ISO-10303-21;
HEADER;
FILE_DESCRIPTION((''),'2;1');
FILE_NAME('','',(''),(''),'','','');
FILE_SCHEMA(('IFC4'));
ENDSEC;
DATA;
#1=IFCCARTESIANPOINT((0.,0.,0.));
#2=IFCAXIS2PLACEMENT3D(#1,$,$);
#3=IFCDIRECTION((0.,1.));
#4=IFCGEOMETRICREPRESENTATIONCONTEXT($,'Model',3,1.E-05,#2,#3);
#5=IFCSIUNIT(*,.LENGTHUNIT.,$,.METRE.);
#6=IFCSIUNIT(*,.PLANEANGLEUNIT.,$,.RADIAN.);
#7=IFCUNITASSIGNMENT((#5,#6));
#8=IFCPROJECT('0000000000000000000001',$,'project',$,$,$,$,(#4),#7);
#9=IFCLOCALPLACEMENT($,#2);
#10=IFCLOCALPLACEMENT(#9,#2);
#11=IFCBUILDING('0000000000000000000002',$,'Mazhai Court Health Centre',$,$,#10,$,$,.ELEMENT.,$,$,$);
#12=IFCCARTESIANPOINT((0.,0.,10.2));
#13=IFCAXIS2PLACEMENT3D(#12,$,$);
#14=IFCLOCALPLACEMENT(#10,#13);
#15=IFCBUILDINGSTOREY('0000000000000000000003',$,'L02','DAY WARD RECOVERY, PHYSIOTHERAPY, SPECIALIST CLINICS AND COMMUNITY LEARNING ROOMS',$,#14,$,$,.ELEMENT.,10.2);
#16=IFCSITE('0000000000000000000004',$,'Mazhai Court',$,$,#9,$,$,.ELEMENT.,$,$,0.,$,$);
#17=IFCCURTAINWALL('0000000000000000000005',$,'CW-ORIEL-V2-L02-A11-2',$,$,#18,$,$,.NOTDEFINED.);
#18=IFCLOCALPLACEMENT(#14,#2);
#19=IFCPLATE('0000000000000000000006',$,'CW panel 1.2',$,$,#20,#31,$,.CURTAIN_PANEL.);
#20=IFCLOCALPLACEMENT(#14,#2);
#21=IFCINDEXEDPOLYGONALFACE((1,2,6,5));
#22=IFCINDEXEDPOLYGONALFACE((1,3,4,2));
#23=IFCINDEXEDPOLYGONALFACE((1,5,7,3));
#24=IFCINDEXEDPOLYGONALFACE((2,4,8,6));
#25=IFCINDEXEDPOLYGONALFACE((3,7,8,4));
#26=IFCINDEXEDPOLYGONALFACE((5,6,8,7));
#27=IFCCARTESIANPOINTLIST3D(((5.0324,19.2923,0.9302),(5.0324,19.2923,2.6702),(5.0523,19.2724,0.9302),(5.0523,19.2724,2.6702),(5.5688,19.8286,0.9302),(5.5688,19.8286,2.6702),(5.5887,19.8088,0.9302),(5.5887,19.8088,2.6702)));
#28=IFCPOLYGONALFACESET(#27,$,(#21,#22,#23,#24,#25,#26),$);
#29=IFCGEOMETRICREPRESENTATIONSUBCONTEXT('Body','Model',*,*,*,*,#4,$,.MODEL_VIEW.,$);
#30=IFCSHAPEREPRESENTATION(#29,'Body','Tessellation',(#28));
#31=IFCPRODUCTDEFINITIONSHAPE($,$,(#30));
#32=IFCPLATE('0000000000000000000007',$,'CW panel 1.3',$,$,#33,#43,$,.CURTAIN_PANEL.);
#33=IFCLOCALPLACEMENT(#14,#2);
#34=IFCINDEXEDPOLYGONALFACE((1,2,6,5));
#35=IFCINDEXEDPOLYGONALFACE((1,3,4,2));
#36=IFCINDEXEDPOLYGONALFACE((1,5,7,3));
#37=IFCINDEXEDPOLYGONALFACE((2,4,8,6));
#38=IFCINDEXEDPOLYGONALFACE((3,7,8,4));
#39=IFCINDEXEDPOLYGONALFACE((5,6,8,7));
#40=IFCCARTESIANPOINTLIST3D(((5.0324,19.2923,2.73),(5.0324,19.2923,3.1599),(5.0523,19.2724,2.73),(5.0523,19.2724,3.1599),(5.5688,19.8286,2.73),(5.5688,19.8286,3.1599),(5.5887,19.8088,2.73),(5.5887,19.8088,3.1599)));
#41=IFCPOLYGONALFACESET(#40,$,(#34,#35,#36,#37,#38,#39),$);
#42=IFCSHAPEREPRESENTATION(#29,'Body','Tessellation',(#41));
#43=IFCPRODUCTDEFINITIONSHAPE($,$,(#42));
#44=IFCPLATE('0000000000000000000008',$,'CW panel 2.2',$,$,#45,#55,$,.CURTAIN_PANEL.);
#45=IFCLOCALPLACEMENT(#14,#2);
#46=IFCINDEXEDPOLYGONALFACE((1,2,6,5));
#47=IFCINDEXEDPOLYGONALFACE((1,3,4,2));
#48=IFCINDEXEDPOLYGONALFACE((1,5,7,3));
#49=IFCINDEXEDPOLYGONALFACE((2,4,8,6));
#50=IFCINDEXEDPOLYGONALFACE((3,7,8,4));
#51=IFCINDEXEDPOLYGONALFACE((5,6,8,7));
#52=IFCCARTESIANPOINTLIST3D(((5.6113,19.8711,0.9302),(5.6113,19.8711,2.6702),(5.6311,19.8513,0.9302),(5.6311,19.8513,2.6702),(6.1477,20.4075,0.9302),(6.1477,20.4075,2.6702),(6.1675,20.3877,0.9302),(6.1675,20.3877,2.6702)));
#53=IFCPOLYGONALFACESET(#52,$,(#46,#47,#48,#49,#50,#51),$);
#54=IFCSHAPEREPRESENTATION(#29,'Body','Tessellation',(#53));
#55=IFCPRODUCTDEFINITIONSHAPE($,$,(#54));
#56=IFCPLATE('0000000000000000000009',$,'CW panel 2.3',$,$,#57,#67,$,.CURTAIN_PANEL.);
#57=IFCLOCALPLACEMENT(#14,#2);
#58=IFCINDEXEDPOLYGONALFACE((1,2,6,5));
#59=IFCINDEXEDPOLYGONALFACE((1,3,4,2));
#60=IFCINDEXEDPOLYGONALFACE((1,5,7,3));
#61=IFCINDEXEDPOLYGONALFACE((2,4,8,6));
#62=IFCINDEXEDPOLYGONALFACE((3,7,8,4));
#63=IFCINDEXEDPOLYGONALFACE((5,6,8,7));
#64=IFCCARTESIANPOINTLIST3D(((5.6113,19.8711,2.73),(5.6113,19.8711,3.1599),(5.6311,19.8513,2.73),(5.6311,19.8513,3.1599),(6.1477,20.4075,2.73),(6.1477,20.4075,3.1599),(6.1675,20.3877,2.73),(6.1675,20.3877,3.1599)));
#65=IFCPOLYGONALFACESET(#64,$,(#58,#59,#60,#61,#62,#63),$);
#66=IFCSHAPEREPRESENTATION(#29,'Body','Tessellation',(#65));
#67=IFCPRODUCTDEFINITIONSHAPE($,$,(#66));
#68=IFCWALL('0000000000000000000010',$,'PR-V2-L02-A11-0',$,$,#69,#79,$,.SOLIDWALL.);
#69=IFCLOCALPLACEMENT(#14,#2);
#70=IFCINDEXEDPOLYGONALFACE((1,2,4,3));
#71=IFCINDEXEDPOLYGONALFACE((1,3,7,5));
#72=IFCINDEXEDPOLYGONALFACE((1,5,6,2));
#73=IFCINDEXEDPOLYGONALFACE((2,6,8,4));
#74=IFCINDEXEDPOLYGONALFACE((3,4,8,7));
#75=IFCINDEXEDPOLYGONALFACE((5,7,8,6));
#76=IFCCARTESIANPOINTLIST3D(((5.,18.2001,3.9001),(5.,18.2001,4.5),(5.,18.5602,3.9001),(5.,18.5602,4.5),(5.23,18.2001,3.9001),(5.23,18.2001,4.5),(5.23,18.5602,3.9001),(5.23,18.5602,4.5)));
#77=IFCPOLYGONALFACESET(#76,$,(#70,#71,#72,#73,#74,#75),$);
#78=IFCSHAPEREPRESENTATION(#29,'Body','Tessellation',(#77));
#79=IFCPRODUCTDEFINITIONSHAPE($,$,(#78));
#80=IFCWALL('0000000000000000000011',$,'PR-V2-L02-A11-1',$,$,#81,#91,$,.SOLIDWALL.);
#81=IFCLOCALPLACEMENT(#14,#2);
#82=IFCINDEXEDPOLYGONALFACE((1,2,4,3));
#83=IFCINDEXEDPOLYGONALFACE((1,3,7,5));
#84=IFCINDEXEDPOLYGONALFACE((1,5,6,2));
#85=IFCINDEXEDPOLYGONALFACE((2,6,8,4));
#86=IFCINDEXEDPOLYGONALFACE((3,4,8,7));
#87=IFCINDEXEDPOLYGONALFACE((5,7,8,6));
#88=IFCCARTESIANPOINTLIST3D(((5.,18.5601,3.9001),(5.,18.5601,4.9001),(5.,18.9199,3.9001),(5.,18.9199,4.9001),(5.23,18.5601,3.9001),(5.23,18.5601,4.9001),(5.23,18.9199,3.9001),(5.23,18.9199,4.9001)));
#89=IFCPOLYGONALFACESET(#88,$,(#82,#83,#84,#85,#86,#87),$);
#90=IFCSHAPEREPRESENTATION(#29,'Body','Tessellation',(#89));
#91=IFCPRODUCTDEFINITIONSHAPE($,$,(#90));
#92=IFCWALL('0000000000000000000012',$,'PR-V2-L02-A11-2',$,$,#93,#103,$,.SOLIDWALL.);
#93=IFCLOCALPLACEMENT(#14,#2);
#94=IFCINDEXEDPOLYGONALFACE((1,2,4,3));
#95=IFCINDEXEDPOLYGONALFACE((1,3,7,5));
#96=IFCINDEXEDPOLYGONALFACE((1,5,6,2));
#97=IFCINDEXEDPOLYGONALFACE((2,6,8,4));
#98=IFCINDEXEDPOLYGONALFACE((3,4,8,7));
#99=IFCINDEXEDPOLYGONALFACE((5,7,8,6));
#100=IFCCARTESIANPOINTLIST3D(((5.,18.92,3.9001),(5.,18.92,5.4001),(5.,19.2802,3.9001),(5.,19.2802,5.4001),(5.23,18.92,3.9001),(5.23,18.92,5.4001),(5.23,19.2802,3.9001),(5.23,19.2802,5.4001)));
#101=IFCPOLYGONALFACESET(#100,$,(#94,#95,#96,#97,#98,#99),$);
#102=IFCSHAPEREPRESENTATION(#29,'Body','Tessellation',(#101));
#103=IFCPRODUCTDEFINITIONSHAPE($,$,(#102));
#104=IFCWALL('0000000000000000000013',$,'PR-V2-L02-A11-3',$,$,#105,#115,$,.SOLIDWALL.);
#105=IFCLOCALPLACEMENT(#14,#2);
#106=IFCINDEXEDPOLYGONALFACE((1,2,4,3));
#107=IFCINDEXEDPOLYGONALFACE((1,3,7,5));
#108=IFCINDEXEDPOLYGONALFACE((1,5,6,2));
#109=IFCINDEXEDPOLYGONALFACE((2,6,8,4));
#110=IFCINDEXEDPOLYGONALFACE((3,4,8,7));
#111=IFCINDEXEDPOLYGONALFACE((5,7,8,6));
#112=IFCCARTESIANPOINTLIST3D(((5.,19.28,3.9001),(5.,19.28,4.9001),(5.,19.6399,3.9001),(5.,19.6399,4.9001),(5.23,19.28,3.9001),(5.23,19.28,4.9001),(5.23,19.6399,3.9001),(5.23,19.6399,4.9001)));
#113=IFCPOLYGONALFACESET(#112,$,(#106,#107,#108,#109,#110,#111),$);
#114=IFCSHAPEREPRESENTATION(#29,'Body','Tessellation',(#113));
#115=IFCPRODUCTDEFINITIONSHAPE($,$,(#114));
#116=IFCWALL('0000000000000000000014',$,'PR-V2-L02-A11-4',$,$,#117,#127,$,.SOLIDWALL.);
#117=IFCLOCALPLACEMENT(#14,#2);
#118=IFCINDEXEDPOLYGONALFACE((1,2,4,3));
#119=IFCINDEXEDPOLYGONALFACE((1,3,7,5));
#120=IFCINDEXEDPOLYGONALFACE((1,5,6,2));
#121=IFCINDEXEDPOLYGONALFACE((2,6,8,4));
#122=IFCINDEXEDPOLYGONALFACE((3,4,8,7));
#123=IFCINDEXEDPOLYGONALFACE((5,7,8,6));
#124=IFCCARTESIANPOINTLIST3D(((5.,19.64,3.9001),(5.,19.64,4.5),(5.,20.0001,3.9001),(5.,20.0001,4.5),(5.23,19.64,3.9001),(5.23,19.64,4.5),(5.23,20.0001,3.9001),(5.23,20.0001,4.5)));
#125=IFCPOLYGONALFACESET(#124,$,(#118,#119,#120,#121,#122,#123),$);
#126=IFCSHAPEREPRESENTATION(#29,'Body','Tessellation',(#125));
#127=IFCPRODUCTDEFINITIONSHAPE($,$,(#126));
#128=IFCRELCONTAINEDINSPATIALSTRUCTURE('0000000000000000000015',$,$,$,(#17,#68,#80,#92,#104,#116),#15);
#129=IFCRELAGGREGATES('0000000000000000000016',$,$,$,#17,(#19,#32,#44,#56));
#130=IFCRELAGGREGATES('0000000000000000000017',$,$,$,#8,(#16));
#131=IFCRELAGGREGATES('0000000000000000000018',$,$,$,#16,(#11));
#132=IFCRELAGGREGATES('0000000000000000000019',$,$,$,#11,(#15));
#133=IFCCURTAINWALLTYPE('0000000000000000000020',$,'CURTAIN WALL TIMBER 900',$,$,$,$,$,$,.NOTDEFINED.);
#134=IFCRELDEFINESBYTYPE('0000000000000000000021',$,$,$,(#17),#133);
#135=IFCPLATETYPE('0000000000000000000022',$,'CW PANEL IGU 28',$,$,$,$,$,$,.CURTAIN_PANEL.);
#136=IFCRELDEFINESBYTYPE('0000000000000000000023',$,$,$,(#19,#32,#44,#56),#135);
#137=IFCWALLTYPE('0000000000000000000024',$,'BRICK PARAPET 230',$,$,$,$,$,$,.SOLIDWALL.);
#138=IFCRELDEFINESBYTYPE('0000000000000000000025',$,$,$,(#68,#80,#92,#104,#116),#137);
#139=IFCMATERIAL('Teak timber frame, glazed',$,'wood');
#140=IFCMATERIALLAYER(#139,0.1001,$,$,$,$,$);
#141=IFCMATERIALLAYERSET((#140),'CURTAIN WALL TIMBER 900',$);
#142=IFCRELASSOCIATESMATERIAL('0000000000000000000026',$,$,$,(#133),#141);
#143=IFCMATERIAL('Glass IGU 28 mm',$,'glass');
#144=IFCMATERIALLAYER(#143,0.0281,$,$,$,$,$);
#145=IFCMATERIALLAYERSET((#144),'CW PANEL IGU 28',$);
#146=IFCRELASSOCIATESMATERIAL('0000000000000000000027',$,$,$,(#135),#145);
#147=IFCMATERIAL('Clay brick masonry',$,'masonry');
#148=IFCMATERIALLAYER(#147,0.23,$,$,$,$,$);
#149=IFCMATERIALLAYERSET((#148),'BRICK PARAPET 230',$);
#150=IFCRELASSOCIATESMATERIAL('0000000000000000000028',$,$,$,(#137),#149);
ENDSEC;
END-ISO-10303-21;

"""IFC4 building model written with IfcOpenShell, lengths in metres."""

from ifc_helpers import new_model, si_unit, direction, frame, frame_2d, origin, origin_2d, place, context, subcontext, project, spatial, rectangle, extrude, material, layer, layer_set, type_object, element, aggregate, save


model = new_model("IFC4")

# Units and contexts
model_context = context("Model", 3, precision=1e-05, world=origin(), true_north=direction((0.0, 1.0)))
body_context = subcontext(model_context, "Body", "Model", "MODEL_VIEW")
ifc_project = project(units=[si_unit("LENGTHUNIT", "METRE"), si_unit("PLANEANGLEUNIT", "RADIAN")], contexts=[model_context])

# Site, building, storey
site_placement = place(None, origin())
site = spatial("IfcSite", under=ifc_project, at=site_placement, Name="Mazhai Court", CompositionType="ELEMENT", RefElevation=0.0)
building_placement = place(site_placement, origin())
building = spatial("IfcBuilding", under=site, at=building_placement, Name="Mazhai Court Health Centre", CompositionType="ELEMENT")
storey_placement = place(building_placement, frame((0.0, 0.0, 10.2)))
storey = spatial("IfcBuildingStorey", under=building, at=storey_placement, Name="L02", Description="DAY WARD RECOVERY, PHYSIOTHERAPY, SPECIALIST CLINICS AND COMMUNITY LEARNING ROOMS", CompositionType="ELEMENT", Elevation=10.2)

# Curtain wall
ifc_material_1 = material(Name="Teak timber frame, glazed", Category="wood")
ifc_layer_1 = layer(ifc_material_1, 0.1001)
ifc_layer_set_1 = layer_set([ifc_layer_1], Name="CURTAIN WALL TIMBER 900")
curtain_wall_type = type_object("IfcCurtainWallType", Name="CURTAIN WALL TIMBER 900", PredefinedType="NOTDEFINED", material=ifc_layer_set_1)
curtain_wall_1_placement = place(storey_placement, origin())
curtain_wall_1 = element("IfcCurtainWall", 1, at=curtain_wall_1_placement, inside=storey, type_object=curtain_wall_type, Name="CW-ORIEL-V2-L02-A11-2", PredefinedType="NOTDEFINED")

# Plates
ifc_material_2 = material(Name="Glass IGU 28 mm", Category="glass")
ifc_layer_2 = layer(ifc_material_2, 0.0281)
ifc_layer_set_2 = layer_set([ifc_layer_2], Name="CW PANEL IGU 28")
plate_type = type_object("IfcPlateType", Name="CW PANEL IGU 28", PredefinedType="CURTAIN_PANEL", material=ifc_layer_set_2)
plate_1_placement = place(storey_placement, frame((5.3105, 19.5505, 0.9302), z_axis=(0.0, 0.0, 1.0), x_axis=(0.707107, 0.707107, 0.0)))
plate_1 = element("IfcPlate", 2, at=plate_1_placement, type_object=plate_type, Name="CW panel 1.2", PredefinedType="CURTAIN_PANEL", context=body_context, shape_type="SweptSolid", body=[
    extrude(rectangle(XDim=0.7585, YDim=0.0281, at=origin_2d()), origin(), (0.0, 0.0, 1.0), 1.74),
])
plate_2_placement = place(storey_placement, frame((5.3105, 19.5505, 2.73), z_axis=(0.0, 0.0, 1.0), x_axis=(0.707107, 0.707107, 0.0)))
plate_2 = element("IfcPlate", 3, at=plate_2_placement, type_object=plate_type, Name="CW panel 1.3", PredefinedType="CURTAIN_PANEL", context=body_context, shape_type="SweptSolid", body=[
    extrude(rectangle(XDim=0.7585, YDim=0.0281, at=origin_2d()), origin(), (0.0, 0.0, 1.0), 0.4299),
])
plate_3_placement = place(storey_placement, frame((5.8894, 20.1294, 0.9302), z_axis=(0.0, 0.0, 1.0), x_axis=(0.707107, 0.707107, 0.0)))
plate_3 = element("IfcPlate", 4, at=plate_3_placement, type_object=plate_type, Name="CW panel 2.2", PredefinedType="CURTAIN_PANEL", context=body_context, shape_type="SweptSolid", body=[
    extrude(rectangle(XDim=0.7585, YDim=0.0281, at=origin_2d()), origin(), (0.0, 0.0, 1.0), 1.74),
])
plate_4_placement = place(storey_placement, frame((5.8894, 20.1294, 2.73), z_axis=(0.0, 0.0, 1.0), x_axis=(0.707107, 0.707107, 0.0)))
plate_4 = element("IfcPlate", 5, at=plate_4_placement, type_object=plate_type, Name="CW panel 2.3", PredefinedType="CURTAIN_PANEL", context=body_context, shape_type="SweptSolid", body=[
    extrude(rectangle(XDim=0.7585, YDim=0.0281, at=origin_2d()), origin(), (0.0, 0.0, 1.0), 0.4299),
])
aggregate(curtain_wall_1, [plate_1, plate_2, plate_3, plate_4])

# Walls
ifc_material_3 = material(Name="Clay brick masonry", Category="masonry")
ifc_layer_3 = layer(ifc_material_3, 0.23)
ifc_layer_set_3 = layer_set([ifc_layer_3], Name="BRICK PARAPET 230")
wall_type = type_object("IfcWallType", Name="BRICK PARAPET 230", PredefinedType="SOLIDWALL", material=ifc_layer_set_3)
wall_1_placement = place(storey_placement, frame((5.115, 18.2, 3.9001), z_axis=(0.0, 0.0, 1.0), x_axis=(0.0, 1.0, 0.0)))
element("IfcWall", 6, at=wall_1_placement, inside=storey, type_object=wall_type, Name="PR-V2-L02-A11-0", PredefinedType="SOLIDWALL", context=body_context, shape_type="SweptSolid", body=[
    extrude(rectangle(XDim=0.3601, YDim=0.23, at=frame_2d((0.1802, 0.0))), origin(), (0.0, 0.0, 1.0), 0.5999),
])
wall_2_placement = place(storey_placement, frame((5.115, 18.5601, 3.9001), z_axis=(0.0, 0.0, 1.0), x_axis=(0.0, 1.0, 0.0)))
element("IfcWall", 7, at=wall_2_placement, inside=storey, type_object=wall_type, Name="PR-V2-L02-A11-1", PredefinedType="SOLIDWALL", context=body_context, shape_type="SweptSolid", body=[
    extrude(rectangle(XDim=0.3599, YDim=0.23, at=frame_2d((0.1799, 0.0))), origin(), (0.0, 0.0, 1.0), 1.0),
])
wall_3_placement = place(storey_placement, frame((5.115, 18.9199, 3.9001), z_axis=(0.0, 0.0, 1.0), x_axis=(0.0, 1.0, 0.0)))
element("IfcWall", 8, at=wall_3_placement, inside=storey, type_object=wall_type, Name="PR-V2-L02-A11-2", PredefinedType="SOLIDWALL", context=body_context, shape_type="SweptSolid", body=[
    extrude(rectangle(XDim=0.3601, YDim=0.23, at=frame_2d((0.1802, 0.0))), origin(), (0.0, 0.0, 1.0), 1.5),
])
wall_4_placement = place(storey_placement, frame((5.115, 19.28, 3.9001), z_axis=(0.0, 0.0, 1.0), x_axis=(0.0, 1.0, 0.0)))
element("IfcWall", 9, at=wall_4_placement, inside=storey, type_object=wall_type, Name="PR-V2-L02-A11-3", PredefinedType="SOLIDWALL", context=body_context, shape_type="SweptSolid", body=[
    extrude(rectangle(XDim=0.3599, YDim=0.23, at=frame_2d((0.1799, 0.0))), origin(), (0.0, 0.0, 1.0), 1.0),
])
wall_5_placement = place(storey_placement, frame((5.115, 19.6399, 3.9001), z_axis=(0.0, 0.0, 1.0), x_axis=(0.0, 1.0, 0.0)))
element("IfcWall", 10, at=wall_5_placement, inside=storey, type_object=wall_type, Name="PR-V2-L02-A11-4", PredefinedType="SOLIDWALL", context=body_context, shape_type="SweptSolid", body=[
    extrude(rectangle(XDim=0.3601, YDim=0.23, at=frame_2d((0.1802, 0.0))), origin(), (0.0, 0.0, 1.0), 0.5999),
])

save(model, "model.ifc")
